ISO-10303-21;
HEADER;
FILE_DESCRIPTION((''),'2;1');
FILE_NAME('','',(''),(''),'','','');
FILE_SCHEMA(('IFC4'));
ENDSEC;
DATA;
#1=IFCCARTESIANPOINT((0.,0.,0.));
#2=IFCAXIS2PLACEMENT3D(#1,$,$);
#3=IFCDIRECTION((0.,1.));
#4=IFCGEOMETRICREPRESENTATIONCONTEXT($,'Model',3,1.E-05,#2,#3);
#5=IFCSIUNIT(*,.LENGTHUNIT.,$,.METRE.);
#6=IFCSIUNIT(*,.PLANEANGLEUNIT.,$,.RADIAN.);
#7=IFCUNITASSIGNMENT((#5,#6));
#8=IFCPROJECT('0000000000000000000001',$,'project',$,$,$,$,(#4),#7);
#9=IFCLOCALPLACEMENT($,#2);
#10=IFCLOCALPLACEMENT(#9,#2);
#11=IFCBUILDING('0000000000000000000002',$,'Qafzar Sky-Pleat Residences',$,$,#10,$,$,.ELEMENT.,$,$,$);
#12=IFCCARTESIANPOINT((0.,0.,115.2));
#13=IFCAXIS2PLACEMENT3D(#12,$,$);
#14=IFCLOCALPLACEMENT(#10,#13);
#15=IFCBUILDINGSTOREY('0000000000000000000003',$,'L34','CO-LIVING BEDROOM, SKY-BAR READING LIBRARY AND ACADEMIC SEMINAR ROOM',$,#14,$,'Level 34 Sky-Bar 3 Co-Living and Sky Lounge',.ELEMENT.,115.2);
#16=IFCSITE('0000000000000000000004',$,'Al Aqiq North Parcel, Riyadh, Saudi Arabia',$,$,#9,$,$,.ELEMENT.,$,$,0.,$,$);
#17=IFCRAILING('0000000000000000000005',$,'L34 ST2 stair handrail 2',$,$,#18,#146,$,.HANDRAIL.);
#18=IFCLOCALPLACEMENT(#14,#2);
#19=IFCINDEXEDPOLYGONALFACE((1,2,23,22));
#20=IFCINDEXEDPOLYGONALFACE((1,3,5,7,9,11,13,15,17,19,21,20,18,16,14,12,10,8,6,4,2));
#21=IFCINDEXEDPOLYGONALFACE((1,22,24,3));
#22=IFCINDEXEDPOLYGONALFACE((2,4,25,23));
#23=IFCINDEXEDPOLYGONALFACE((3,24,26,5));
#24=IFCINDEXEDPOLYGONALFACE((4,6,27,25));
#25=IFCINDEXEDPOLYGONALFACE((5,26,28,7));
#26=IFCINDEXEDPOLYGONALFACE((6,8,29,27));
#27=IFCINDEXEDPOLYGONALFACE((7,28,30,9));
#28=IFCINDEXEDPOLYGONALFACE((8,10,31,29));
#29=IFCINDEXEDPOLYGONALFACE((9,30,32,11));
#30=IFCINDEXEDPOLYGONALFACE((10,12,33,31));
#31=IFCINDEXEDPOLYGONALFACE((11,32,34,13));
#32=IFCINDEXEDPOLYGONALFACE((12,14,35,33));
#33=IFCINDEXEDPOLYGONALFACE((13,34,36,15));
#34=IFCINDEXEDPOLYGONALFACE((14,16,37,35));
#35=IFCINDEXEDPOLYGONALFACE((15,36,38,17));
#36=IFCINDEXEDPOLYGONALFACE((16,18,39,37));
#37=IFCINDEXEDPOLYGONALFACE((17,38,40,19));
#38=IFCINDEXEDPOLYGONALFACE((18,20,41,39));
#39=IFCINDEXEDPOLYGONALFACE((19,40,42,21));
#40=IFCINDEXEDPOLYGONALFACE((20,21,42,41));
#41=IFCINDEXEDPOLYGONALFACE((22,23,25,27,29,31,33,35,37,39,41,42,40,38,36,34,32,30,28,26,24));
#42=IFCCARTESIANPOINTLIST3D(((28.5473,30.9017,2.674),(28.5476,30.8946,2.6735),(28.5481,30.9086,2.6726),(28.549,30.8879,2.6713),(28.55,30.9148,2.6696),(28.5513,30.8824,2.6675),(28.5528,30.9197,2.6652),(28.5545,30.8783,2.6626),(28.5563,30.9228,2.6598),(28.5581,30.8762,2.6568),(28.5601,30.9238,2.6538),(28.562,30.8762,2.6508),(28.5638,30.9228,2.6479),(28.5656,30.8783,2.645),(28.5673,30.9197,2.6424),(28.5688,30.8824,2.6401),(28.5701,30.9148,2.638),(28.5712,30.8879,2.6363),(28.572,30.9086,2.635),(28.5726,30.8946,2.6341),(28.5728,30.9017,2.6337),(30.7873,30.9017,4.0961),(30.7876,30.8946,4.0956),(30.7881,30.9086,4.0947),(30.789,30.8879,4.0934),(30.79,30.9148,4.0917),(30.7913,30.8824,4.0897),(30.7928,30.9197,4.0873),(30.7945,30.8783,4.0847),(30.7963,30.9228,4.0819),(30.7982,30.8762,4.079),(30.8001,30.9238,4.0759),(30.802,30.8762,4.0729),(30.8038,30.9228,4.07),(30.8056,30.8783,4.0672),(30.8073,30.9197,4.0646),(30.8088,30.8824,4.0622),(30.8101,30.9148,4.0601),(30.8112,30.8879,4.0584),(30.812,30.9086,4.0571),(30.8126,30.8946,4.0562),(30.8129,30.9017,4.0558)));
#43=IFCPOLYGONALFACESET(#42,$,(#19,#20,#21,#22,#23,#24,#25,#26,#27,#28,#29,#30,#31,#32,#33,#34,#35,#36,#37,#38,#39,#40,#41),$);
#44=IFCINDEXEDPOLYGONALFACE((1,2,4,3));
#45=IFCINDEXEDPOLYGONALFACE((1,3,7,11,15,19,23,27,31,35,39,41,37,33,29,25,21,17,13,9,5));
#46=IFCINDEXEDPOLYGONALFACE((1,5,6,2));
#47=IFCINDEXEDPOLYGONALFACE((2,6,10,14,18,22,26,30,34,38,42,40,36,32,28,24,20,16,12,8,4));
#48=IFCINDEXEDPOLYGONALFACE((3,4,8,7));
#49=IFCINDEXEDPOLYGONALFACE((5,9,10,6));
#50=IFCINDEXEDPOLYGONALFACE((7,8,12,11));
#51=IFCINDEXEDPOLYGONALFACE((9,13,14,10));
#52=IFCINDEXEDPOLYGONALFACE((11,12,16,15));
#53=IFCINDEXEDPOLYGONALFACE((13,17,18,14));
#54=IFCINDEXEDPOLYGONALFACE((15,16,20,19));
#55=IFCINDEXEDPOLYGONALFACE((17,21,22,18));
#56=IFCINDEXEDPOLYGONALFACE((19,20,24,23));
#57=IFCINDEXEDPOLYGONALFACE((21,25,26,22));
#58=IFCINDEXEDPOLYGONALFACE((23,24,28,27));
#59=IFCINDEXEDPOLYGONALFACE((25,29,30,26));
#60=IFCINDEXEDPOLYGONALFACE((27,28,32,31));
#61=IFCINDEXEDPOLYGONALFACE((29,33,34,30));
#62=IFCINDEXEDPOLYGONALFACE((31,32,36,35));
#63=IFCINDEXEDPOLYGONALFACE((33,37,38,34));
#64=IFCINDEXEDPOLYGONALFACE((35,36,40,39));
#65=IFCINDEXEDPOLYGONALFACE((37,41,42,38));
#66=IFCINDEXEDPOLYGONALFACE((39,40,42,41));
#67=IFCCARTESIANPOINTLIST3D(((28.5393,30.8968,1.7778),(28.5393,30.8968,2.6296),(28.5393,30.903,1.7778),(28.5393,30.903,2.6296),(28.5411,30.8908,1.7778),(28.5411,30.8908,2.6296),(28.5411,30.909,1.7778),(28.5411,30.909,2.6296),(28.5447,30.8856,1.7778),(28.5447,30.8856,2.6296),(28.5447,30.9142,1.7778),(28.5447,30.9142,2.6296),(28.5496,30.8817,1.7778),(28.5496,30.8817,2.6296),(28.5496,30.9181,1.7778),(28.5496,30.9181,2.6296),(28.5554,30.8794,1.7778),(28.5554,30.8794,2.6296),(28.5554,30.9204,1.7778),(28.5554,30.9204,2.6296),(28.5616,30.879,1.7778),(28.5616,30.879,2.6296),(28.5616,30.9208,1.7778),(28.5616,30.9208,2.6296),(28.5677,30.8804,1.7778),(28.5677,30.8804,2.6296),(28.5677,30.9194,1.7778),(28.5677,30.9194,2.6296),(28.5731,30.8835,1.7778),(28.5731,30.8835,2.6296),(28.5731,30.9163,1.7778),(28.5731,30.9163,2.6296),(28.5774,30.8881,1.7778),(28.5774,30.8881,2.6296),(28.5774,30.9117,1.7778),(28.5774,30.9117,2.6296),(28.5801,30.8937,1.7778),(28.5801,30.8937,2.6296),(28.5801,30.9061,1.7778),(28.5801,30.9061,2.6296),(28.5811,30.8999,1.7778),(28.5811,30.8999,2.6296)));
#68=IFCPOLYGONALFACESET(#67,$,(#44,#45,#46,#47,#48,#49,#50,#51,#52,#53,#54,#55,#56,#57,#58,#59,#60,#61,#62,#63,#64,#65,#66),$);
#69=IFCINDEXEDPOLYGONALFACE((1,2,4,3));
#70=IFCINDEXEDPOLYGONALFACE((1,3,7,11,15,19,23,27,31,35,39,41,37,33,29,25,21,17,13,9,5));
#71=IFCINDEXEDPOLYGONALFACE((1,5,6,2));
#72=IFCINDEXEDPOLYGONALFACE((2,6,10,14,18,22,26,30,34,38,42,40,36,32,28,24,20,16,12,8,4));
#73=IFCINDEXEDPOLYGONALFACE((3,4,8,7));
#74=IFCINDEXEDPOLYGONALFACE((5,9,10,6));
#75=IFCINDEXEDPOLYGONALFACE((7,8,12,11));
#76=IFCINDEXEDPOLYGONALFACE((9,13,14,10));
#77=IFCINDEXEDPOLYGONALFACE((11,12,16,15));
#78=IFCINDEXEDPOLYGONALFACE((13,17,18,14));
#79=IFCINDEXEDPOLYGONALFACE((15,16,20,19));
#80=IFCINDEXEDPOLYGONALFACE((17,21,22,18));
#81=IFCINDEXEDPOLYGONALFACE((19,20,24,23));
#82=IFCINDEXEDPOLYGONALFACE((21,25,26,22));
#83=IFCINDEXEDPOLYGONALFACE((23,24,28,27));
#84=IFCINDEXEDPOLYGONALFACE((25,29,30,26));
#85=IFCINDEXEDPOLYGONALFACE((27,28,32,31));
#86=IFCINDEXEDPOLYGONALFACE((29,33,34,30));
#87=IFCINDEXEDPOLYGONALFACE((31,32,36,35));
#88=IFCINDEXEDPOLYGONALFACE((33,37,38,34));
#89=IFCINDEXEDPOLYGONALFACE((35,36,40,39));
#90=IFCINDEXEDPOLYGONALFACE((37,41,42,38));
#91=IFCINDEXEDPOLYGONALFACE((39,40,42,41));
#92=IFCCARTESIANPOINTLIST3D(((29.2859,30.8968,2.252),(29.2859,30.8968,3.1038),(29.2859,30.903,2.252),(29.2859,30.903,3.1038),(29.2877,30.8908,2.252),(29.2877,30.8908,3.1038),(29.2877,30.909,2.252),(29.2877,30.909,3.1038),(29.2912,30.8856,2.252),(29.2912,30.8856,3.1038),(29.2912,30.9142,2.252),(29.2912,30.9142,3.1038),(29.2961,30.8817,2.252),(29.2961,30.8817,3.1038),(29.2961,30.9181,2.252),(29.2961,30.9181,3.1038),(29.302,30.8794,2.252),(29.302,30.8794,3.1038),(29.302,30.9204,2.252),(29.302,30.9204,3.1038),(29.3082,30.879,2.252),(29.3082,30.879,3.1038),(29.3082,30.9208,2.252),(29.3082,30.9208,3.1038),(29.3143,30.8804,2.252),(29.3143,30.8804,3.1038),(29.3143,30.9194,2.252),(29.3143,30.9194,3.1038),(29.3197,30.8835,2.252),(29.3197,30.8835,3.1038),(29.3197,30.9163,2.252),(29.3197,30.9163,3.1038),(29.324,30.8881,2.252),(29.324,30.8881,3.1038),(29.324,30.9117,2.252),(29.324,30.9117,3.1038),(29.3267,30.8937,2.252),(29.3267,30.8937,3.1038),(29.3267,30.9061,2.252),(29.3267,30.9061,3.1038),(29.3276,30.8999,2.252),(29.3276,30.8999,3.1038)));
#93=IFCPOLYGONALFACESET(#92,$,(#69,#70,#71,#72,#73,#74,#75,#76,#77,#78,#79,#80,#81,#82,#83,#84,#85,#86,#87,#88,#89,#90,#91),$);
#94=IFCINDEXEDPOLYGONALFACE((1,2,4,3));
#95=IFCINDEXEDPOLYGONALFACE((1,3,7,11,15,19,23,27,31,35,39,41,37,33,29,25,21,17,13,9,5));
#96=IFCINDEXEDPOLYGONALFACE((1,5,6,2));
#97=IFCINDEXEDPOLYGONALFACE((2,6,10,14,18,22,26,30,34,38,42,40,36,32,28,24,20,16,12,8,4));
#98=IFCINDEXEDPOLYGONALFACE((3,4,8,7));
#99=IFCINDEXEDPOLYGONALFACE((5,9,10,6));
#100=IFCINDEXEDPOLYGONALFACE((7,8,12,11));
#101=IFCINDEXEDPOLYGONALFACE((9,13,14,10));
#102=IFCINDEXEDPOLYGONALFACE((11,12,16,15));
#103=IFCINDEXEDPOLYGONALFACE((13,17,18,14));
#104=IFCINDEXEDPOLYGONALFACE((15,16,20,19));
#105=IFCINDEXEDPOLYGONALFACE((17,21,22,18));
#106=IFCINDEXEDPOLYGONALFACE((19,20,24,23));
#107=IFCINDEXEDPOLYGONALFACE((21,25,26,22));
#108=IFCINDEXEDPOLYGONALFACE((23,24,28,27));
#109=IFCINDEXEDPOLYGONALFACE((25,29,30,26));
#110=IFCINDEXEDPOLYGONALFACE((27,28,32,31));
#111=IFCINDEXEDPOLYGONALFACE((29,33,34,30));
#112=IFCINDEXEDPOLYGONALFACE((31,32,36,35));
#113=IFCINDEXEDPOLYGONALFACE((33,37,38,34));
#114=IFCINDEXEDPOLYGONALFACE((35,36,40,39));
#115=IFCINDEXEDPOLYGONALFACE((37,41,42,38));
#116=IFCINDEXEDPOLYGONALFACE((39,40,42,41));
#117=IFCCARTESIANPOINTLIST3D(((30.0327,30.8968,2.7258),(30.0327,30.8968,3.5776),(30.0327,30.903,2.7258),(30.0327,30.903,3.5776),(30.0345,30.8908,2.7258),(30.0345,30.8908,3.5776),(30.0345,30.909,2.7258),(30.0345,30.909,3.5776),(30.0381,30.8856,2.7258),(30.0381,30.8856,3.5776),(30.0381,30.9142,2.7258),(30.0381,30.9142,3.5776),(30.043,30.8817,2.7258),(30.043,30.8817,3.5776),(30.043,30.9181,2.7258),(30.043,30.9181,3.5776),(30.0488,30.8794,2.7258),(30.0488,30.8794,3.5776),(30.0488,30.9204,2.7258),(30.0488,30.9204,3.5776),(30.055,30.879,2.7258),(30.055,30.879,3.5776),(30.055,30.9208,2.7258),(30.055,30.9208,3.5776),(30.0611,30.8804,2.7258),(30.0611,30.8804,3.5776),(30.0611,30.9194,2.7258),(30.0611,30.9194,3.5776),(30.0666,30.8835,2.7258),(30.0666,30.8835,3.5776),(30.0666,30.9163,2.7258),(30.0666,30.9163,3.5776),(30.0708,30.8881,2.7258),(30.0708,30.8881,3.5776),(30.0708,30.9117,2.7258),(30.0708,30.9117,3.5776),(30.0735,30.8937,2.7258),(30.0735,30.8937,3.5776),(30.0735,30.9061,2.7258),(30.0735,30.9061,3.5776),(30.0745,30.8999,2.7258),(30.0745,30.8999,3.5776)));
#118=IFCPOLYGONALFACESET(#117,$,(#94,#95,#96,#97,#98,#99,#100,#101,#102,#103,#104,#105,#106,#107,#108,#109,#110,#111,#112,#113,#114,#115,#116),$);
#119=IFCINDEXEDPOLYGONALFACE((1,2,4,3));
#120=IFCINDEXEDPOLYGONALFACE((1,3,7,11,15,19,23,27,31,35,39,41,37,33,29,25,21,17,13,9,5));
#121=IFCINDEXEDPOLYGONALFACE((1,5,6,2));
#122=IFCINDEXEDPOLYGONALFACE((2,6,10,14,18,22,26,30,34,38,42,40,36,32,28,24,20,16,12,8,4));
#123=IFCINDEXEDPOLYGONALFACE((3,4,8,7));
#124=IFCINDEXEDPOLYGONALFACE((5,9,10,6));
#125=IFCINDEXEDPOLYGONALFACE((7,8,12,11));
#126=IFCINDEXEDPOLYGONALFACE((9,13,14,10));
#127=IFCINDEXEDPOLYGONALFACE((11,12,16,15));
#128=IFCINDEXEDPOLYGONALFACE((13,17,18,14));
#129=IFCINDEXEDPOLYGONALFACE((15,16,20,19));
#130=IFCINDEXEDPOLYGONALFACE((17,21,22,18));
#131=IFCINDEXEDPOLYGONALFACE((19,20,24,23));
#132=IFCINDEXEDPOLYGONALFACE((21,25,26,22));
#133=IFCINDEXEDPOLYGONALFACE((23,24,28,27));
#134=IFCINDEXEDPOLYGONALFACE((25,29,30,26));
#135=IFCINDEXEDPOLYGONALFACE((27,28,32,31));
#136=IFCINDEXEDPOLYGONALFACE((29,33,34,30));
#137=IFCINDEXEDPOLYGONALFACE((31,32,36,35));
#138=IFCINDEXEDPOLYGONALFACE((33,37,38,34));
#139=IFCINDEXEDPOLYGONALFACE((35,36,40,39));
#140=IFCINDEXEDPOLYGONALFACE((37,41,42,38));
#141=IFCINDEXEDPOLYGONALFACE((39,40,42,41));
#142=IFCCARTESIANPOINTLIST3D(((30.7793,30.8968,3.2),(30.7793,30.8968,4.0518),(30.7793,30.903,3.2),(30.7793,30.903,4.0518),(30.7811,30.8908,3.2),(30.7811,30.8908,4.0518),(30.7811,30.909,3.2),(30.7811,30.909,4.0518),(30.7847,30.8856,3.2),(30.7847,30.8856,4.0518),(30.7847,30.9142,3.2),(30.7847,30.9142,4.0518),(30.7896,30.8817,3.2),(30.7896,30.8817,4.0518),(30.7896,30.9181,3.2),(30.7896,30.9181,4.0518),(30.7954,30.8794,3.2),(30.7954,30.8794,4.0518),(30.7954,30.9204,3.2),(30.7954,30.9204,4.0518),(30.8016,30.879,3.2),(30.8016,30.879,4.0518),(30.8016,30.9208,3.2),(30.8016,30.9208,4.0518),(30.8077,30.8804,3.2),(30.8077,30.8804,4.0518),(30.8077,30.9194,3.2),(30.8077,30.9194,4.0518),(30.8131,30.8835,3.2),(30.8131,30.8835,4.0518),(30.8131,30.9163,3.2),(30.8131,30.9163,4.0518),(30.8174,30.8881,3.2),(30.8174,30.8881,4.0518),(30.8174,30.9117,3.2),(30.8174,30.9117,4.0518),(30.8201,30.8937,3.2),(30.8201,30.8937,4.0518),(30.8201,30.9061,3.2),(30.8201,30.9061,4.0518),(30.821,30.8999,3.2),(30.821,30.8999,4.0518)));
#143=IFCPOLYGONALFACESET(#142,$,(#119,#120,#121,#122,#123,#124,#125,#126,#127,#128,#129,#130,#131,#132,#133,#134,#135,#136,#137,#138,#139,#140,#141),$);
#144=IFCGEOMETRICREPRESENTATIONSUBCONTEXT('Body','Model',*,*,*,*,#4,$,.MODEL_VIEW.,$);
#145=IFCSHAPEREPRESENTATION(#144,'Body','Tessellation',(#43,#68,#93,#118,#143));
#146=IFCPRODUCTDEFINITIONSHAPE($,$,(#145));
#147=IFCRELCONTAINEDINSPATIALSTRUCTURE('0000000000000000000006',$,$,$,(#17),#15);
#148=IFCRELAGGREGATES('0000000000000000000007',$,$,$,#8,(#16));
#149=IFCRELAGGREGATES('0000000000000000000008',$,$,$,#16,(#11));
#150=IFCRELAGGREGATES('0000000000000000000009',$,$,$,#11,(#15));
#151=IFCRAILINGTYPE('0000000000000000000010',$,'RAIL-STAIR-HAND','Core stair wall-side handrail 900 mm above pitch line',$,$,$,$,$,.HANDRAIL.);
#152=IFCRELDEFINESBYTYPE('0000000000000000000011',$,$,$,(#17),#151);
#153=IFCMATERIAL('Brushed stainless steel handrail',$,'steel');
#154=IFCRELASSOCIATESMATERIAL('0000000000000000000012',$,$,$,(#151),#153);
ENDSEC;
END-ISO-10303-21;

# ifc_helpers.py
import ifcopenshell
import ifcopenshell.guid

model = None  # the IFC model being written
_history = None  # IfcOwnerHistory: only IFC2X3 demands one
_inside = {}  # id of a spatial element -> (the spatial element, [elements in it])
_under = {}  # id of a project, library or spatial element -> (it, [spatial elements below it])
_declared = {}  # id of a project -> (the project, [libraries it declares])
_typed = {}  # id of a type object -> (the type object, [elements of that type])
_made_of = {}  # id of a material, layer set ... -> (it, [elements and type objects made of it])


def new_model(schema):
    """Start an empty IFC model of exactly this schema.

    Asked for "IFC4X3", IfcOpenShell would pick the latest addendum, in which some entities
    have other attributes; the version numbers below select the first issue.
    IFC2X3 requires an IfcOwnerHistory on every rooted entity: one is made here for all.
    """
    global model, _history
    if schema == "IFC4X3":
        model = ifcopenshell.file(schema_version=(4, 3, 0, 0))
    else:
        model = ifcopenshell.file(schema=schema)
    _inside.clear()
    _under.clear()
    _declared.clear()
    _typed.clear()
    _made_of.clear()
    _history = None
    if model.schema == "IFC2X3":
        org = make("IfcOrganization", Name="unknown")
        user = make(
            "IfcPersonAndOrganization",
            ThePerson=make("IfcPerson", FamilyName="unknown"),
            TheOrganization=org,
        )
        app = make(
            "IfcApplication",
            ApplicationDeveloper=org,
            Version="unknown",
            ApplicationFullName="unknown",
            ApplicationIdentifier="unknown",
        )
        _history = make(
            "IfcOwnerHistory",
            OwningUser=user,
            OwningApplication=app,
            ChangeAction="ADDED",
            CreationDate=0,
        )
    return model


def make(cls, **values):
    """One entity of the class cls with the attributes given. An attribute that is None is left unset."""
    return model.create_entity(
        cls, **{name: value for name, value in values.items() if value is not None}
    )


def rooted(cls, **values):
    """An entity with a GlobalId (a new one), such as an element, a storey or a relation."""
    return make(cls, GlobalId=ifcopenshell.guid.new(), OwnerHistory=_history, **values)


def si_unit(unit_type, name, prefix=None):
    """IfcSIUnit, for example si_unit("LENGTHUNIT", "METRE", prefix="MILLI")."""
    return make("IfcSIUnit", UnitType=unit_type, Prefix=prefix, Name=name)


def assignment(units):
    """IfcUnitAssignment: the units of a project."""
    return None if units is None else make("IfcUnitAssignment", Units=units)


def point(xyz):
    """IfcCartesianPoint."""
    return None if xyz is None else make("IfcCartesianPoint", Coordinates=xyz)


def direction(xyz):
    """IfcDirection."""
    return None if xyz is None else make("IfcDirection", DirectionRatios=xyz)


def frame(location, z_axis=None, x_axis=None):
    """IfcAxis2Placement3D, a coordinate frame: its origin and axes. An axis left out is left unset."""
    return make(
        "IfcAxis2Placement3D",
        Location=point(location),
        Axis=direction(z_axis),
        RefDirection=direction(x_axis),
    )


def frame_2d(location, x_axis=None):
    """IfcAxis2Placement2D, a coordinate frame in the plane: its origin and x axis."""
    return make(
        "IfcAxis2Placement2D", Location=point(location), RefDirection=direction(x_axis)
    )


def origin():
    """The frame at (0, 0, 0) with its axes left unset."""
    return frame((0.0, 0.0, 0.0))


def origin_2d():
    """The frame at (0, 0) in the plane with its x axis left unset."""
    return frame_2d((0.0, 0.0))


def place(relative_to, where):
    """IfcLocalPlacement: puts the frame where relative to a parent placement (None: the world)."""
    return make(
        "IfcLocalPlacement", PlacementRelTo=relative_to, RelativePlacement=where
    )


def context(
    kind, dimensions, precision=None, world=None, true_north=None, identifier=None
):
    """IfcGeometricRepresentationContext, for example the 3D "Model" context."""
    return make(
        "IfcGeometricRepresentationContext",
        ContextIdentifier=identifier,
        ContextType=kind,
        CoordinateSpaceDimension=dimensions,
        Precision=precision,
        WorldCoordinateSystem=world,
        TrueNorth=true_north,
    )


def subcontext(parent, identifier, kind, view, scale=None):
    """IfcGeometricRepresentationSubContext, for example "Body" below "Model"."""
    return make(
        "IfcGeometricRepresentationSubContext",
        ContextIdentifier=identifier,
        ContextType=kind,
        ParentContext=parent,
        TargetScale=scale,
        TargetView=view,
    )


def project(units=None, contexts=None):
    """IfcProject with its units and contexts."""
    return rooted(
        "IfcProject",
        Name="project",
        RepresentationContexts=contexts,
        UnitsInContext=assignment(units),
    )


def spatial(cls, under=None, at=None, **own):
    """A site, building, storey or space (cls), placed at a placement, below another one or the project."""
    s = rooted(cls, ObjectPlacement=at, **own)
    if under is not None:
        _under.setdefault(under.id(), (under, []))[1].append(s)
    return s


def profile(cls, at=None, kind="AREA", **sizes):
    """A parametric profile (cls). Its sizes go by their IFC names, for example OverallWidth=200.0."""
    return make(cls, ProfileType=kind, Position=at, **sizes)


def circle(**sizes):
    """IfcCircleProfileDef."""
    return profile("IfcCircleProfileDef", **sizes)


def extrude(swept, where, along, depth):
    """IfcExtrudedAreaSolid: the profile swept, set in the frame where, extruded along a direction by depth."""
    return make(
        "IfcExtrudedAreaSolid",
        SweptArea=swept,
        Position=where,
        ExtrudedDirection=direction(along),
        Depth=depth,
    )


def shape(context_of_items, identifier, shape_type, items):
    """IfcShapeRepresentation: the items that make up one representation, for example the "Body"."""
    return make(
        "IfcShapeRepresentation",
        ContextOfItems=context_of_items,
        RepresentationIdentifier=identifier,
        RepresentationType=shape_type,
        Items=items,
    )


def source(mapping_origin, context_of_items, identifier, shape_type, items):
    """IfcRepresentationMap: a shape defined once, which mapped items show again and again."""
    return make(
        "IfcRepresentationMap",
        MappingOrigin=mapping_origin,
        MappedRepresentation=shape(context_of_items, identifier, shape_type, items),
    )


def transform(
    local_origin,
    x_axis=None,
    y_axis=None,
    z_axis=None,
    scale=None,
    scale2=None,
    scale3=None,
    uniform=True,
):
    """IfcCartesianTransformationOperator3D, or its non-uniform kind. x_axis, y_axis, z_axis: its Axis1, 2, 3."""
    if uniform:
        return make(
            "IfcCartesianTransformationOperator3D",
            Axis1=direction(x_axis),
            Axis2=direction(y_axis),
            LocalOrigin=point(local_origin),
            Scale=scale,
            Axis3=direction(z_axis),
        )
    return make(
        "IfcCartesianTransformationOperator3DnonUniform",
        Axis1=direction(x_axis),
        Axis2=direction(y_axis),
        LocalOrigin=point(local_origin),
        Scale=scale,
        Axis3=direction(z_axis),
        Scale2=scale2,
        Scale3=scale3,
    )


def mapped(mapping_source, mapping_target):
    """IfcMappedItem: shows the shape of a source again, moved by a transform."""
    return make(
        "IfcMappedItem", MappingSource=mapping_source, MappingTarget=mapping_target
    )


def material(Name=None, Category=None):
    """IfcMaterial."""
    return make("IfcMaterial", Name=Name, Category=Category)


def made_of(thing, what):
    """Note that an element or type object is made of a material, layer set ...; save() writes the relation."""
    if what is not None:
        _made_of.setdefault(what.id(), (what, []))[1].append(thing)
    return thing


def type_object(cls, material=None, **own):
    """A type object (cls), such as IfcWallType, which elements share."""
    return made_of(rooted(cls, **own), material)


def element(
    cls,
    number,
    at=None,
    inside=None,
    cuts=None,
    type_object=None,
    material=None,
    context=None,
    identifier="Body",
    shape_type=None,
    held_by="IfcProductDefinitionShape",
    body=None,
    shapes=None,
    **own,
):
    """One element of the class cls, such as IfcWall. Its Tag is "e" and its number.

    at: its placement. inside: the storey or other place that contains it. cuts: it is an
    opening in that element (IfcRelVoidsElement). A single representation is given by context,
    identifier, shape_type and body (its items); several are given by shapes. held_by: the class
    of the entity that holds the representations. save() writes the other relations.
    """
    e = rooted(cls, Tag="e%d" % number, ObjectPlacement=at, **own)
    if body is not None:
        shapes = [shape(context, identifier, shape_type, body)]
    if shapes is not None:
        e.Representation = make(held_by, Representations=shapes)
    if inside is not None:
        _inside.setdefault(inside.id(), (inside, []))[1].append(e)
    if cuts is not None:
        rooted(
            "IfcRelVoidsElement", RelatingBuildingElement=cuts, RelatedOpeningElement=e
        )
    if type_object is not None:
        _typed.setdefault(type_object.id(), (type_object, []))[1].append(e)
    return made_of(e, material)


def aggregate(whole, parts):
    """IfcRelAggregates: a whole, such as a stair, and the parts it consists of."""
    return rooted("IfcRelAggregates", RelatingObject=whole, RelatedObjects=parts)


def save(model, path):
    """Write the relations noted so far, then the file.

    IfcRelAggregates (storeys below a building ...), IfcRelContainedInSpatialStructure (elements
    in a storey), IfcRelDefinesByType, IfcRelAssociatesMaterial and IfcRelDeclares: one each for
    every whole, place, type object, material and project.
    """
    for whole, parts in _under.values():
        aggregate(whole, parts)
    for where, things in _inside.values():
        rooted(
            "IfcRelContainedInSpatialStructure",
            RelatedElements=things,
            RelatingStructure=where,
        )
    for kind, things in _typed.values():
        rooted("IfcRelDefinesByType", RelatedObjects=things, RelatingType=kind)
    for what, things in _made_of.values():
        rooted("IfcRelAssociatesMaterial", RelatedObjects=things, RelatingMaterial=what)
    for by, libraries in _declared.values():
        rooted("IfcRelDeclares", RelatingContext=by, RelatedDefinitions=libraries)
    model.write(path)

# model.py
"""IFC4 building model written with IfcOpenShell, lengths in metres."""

from ifc_helpers import new_model, si_unit, direction, frame, origin, origin_2d, place, context, subcontext, project, spatial, circle, extrude, source, transform, mapped, material, type_object, element, save


model = new_model("IFC4")

# Units and contexts
model_context = context("Model", 3, precision=1e-05, world=origin(), true_north=direction((0.0, 1.0)))
body_context = subcontext(model_context, "Body", "Model", "MODEL_VIEW")
ifc_project = project(units=[si_unit("LENGTHUNIT", "METRE"), si_unit("PLANEANGLEUNIT", "RADIAN")], contexts=[model_context])

# Site, building, storey
site_placement = place(None, origin())
site = spatial("IfcSite", under=ifc_project, at=site_placement, Name="Al Aqiq North Parcel, Riyadh, Saudi Arabia", CompositionType="ELEMENT", RefElevation=0.0)
building_placement = place(site_placement, origin())
building = spatial("IfcBuilding", under=site, at=building_placement, Name="Qafzar Sky-Pleat Residences", CompositionType="ELEMENT")
storey_placement = place(building_placement, frame((0.0, 0.0, 115.2)))
storey = spatial("IfcBuildingStorey", under=building, at=storey_placement, Name="L34", Description="CO-LIVING BEDROOM, SKY-BAR READING LIBRARY AND ACADEMIC SEMINAR ROOM", LongName="Level 34 Sky-Bar 3 Co-Living and Sky Lounge", CompositionType="ELEMENT", Elevation=115.2)

# Railing
ifc_material_1 = material(Name="Brushed stainless steel handrail", Category="steel")
railing_type_1 = type_object("IfcRailingType", Name="RAIL-STAIR-HAND", Description="Core stair wall-side handrail 900 mm above pitch line", PredefinedType="HANDRAIL", material=ifc_material_1)
shared_shape_1 = source(origin(), body_context, "Body", "SweptSolid", [
    extrude(circle(Radius=0.0239, at=origin_2d()), frame((0.0, 0.0, 0.876), z_axis=(0.844229, 0.0, 0.535982), x_axis=(0.0, 1.0, 0.0)), (0.0, 0.0, 1.0), 2.6533),
    extrude(circle(Radius=0.021, at=origin_2d()), origin(), (0.0, 0.0, 1.0), 0.8518),
    extrude(circle(Radius=0.021, at=origin_2d()), frame((0.7466, 0.0, 0.4741)), (0.0, 0.0, 1.0), 0.8518),
    extrude(circle(Radius=0.021, at=origin_2d()), frame((1.4934, 0.0, 0.948)), (0.0, 0.0, 1.0), 0.8518),
    extrude(circle(Radius=0.021, at=origin_2d()), frame((2.24, 0.0, 1.4221)), (0.0, 0.0, 1.0), 0.8518),
])
railing_1_placement = place(storey_placement, frame((28.5601, 30.8999, 1.7778)))
element("IfcRailing", 1, at=railing_1_placement, inside=storey, type_object=railing_type_1, Name="L34 ST2 stair handrail 2", PredefinedType="HANDRAIL", context=body_context, shape_type="MappedRepresentation", body=[
    mapped(shared_shape_1, transform((0.0, 0.0, 0.0), x_axis=(1.0, 0.0, 0.0), y_axis=(0.0, 1.0, 0.0), z_axis=(0.0, 0.0, 1.0), scale=1.0)),
])

save(model, "model.ifc")
